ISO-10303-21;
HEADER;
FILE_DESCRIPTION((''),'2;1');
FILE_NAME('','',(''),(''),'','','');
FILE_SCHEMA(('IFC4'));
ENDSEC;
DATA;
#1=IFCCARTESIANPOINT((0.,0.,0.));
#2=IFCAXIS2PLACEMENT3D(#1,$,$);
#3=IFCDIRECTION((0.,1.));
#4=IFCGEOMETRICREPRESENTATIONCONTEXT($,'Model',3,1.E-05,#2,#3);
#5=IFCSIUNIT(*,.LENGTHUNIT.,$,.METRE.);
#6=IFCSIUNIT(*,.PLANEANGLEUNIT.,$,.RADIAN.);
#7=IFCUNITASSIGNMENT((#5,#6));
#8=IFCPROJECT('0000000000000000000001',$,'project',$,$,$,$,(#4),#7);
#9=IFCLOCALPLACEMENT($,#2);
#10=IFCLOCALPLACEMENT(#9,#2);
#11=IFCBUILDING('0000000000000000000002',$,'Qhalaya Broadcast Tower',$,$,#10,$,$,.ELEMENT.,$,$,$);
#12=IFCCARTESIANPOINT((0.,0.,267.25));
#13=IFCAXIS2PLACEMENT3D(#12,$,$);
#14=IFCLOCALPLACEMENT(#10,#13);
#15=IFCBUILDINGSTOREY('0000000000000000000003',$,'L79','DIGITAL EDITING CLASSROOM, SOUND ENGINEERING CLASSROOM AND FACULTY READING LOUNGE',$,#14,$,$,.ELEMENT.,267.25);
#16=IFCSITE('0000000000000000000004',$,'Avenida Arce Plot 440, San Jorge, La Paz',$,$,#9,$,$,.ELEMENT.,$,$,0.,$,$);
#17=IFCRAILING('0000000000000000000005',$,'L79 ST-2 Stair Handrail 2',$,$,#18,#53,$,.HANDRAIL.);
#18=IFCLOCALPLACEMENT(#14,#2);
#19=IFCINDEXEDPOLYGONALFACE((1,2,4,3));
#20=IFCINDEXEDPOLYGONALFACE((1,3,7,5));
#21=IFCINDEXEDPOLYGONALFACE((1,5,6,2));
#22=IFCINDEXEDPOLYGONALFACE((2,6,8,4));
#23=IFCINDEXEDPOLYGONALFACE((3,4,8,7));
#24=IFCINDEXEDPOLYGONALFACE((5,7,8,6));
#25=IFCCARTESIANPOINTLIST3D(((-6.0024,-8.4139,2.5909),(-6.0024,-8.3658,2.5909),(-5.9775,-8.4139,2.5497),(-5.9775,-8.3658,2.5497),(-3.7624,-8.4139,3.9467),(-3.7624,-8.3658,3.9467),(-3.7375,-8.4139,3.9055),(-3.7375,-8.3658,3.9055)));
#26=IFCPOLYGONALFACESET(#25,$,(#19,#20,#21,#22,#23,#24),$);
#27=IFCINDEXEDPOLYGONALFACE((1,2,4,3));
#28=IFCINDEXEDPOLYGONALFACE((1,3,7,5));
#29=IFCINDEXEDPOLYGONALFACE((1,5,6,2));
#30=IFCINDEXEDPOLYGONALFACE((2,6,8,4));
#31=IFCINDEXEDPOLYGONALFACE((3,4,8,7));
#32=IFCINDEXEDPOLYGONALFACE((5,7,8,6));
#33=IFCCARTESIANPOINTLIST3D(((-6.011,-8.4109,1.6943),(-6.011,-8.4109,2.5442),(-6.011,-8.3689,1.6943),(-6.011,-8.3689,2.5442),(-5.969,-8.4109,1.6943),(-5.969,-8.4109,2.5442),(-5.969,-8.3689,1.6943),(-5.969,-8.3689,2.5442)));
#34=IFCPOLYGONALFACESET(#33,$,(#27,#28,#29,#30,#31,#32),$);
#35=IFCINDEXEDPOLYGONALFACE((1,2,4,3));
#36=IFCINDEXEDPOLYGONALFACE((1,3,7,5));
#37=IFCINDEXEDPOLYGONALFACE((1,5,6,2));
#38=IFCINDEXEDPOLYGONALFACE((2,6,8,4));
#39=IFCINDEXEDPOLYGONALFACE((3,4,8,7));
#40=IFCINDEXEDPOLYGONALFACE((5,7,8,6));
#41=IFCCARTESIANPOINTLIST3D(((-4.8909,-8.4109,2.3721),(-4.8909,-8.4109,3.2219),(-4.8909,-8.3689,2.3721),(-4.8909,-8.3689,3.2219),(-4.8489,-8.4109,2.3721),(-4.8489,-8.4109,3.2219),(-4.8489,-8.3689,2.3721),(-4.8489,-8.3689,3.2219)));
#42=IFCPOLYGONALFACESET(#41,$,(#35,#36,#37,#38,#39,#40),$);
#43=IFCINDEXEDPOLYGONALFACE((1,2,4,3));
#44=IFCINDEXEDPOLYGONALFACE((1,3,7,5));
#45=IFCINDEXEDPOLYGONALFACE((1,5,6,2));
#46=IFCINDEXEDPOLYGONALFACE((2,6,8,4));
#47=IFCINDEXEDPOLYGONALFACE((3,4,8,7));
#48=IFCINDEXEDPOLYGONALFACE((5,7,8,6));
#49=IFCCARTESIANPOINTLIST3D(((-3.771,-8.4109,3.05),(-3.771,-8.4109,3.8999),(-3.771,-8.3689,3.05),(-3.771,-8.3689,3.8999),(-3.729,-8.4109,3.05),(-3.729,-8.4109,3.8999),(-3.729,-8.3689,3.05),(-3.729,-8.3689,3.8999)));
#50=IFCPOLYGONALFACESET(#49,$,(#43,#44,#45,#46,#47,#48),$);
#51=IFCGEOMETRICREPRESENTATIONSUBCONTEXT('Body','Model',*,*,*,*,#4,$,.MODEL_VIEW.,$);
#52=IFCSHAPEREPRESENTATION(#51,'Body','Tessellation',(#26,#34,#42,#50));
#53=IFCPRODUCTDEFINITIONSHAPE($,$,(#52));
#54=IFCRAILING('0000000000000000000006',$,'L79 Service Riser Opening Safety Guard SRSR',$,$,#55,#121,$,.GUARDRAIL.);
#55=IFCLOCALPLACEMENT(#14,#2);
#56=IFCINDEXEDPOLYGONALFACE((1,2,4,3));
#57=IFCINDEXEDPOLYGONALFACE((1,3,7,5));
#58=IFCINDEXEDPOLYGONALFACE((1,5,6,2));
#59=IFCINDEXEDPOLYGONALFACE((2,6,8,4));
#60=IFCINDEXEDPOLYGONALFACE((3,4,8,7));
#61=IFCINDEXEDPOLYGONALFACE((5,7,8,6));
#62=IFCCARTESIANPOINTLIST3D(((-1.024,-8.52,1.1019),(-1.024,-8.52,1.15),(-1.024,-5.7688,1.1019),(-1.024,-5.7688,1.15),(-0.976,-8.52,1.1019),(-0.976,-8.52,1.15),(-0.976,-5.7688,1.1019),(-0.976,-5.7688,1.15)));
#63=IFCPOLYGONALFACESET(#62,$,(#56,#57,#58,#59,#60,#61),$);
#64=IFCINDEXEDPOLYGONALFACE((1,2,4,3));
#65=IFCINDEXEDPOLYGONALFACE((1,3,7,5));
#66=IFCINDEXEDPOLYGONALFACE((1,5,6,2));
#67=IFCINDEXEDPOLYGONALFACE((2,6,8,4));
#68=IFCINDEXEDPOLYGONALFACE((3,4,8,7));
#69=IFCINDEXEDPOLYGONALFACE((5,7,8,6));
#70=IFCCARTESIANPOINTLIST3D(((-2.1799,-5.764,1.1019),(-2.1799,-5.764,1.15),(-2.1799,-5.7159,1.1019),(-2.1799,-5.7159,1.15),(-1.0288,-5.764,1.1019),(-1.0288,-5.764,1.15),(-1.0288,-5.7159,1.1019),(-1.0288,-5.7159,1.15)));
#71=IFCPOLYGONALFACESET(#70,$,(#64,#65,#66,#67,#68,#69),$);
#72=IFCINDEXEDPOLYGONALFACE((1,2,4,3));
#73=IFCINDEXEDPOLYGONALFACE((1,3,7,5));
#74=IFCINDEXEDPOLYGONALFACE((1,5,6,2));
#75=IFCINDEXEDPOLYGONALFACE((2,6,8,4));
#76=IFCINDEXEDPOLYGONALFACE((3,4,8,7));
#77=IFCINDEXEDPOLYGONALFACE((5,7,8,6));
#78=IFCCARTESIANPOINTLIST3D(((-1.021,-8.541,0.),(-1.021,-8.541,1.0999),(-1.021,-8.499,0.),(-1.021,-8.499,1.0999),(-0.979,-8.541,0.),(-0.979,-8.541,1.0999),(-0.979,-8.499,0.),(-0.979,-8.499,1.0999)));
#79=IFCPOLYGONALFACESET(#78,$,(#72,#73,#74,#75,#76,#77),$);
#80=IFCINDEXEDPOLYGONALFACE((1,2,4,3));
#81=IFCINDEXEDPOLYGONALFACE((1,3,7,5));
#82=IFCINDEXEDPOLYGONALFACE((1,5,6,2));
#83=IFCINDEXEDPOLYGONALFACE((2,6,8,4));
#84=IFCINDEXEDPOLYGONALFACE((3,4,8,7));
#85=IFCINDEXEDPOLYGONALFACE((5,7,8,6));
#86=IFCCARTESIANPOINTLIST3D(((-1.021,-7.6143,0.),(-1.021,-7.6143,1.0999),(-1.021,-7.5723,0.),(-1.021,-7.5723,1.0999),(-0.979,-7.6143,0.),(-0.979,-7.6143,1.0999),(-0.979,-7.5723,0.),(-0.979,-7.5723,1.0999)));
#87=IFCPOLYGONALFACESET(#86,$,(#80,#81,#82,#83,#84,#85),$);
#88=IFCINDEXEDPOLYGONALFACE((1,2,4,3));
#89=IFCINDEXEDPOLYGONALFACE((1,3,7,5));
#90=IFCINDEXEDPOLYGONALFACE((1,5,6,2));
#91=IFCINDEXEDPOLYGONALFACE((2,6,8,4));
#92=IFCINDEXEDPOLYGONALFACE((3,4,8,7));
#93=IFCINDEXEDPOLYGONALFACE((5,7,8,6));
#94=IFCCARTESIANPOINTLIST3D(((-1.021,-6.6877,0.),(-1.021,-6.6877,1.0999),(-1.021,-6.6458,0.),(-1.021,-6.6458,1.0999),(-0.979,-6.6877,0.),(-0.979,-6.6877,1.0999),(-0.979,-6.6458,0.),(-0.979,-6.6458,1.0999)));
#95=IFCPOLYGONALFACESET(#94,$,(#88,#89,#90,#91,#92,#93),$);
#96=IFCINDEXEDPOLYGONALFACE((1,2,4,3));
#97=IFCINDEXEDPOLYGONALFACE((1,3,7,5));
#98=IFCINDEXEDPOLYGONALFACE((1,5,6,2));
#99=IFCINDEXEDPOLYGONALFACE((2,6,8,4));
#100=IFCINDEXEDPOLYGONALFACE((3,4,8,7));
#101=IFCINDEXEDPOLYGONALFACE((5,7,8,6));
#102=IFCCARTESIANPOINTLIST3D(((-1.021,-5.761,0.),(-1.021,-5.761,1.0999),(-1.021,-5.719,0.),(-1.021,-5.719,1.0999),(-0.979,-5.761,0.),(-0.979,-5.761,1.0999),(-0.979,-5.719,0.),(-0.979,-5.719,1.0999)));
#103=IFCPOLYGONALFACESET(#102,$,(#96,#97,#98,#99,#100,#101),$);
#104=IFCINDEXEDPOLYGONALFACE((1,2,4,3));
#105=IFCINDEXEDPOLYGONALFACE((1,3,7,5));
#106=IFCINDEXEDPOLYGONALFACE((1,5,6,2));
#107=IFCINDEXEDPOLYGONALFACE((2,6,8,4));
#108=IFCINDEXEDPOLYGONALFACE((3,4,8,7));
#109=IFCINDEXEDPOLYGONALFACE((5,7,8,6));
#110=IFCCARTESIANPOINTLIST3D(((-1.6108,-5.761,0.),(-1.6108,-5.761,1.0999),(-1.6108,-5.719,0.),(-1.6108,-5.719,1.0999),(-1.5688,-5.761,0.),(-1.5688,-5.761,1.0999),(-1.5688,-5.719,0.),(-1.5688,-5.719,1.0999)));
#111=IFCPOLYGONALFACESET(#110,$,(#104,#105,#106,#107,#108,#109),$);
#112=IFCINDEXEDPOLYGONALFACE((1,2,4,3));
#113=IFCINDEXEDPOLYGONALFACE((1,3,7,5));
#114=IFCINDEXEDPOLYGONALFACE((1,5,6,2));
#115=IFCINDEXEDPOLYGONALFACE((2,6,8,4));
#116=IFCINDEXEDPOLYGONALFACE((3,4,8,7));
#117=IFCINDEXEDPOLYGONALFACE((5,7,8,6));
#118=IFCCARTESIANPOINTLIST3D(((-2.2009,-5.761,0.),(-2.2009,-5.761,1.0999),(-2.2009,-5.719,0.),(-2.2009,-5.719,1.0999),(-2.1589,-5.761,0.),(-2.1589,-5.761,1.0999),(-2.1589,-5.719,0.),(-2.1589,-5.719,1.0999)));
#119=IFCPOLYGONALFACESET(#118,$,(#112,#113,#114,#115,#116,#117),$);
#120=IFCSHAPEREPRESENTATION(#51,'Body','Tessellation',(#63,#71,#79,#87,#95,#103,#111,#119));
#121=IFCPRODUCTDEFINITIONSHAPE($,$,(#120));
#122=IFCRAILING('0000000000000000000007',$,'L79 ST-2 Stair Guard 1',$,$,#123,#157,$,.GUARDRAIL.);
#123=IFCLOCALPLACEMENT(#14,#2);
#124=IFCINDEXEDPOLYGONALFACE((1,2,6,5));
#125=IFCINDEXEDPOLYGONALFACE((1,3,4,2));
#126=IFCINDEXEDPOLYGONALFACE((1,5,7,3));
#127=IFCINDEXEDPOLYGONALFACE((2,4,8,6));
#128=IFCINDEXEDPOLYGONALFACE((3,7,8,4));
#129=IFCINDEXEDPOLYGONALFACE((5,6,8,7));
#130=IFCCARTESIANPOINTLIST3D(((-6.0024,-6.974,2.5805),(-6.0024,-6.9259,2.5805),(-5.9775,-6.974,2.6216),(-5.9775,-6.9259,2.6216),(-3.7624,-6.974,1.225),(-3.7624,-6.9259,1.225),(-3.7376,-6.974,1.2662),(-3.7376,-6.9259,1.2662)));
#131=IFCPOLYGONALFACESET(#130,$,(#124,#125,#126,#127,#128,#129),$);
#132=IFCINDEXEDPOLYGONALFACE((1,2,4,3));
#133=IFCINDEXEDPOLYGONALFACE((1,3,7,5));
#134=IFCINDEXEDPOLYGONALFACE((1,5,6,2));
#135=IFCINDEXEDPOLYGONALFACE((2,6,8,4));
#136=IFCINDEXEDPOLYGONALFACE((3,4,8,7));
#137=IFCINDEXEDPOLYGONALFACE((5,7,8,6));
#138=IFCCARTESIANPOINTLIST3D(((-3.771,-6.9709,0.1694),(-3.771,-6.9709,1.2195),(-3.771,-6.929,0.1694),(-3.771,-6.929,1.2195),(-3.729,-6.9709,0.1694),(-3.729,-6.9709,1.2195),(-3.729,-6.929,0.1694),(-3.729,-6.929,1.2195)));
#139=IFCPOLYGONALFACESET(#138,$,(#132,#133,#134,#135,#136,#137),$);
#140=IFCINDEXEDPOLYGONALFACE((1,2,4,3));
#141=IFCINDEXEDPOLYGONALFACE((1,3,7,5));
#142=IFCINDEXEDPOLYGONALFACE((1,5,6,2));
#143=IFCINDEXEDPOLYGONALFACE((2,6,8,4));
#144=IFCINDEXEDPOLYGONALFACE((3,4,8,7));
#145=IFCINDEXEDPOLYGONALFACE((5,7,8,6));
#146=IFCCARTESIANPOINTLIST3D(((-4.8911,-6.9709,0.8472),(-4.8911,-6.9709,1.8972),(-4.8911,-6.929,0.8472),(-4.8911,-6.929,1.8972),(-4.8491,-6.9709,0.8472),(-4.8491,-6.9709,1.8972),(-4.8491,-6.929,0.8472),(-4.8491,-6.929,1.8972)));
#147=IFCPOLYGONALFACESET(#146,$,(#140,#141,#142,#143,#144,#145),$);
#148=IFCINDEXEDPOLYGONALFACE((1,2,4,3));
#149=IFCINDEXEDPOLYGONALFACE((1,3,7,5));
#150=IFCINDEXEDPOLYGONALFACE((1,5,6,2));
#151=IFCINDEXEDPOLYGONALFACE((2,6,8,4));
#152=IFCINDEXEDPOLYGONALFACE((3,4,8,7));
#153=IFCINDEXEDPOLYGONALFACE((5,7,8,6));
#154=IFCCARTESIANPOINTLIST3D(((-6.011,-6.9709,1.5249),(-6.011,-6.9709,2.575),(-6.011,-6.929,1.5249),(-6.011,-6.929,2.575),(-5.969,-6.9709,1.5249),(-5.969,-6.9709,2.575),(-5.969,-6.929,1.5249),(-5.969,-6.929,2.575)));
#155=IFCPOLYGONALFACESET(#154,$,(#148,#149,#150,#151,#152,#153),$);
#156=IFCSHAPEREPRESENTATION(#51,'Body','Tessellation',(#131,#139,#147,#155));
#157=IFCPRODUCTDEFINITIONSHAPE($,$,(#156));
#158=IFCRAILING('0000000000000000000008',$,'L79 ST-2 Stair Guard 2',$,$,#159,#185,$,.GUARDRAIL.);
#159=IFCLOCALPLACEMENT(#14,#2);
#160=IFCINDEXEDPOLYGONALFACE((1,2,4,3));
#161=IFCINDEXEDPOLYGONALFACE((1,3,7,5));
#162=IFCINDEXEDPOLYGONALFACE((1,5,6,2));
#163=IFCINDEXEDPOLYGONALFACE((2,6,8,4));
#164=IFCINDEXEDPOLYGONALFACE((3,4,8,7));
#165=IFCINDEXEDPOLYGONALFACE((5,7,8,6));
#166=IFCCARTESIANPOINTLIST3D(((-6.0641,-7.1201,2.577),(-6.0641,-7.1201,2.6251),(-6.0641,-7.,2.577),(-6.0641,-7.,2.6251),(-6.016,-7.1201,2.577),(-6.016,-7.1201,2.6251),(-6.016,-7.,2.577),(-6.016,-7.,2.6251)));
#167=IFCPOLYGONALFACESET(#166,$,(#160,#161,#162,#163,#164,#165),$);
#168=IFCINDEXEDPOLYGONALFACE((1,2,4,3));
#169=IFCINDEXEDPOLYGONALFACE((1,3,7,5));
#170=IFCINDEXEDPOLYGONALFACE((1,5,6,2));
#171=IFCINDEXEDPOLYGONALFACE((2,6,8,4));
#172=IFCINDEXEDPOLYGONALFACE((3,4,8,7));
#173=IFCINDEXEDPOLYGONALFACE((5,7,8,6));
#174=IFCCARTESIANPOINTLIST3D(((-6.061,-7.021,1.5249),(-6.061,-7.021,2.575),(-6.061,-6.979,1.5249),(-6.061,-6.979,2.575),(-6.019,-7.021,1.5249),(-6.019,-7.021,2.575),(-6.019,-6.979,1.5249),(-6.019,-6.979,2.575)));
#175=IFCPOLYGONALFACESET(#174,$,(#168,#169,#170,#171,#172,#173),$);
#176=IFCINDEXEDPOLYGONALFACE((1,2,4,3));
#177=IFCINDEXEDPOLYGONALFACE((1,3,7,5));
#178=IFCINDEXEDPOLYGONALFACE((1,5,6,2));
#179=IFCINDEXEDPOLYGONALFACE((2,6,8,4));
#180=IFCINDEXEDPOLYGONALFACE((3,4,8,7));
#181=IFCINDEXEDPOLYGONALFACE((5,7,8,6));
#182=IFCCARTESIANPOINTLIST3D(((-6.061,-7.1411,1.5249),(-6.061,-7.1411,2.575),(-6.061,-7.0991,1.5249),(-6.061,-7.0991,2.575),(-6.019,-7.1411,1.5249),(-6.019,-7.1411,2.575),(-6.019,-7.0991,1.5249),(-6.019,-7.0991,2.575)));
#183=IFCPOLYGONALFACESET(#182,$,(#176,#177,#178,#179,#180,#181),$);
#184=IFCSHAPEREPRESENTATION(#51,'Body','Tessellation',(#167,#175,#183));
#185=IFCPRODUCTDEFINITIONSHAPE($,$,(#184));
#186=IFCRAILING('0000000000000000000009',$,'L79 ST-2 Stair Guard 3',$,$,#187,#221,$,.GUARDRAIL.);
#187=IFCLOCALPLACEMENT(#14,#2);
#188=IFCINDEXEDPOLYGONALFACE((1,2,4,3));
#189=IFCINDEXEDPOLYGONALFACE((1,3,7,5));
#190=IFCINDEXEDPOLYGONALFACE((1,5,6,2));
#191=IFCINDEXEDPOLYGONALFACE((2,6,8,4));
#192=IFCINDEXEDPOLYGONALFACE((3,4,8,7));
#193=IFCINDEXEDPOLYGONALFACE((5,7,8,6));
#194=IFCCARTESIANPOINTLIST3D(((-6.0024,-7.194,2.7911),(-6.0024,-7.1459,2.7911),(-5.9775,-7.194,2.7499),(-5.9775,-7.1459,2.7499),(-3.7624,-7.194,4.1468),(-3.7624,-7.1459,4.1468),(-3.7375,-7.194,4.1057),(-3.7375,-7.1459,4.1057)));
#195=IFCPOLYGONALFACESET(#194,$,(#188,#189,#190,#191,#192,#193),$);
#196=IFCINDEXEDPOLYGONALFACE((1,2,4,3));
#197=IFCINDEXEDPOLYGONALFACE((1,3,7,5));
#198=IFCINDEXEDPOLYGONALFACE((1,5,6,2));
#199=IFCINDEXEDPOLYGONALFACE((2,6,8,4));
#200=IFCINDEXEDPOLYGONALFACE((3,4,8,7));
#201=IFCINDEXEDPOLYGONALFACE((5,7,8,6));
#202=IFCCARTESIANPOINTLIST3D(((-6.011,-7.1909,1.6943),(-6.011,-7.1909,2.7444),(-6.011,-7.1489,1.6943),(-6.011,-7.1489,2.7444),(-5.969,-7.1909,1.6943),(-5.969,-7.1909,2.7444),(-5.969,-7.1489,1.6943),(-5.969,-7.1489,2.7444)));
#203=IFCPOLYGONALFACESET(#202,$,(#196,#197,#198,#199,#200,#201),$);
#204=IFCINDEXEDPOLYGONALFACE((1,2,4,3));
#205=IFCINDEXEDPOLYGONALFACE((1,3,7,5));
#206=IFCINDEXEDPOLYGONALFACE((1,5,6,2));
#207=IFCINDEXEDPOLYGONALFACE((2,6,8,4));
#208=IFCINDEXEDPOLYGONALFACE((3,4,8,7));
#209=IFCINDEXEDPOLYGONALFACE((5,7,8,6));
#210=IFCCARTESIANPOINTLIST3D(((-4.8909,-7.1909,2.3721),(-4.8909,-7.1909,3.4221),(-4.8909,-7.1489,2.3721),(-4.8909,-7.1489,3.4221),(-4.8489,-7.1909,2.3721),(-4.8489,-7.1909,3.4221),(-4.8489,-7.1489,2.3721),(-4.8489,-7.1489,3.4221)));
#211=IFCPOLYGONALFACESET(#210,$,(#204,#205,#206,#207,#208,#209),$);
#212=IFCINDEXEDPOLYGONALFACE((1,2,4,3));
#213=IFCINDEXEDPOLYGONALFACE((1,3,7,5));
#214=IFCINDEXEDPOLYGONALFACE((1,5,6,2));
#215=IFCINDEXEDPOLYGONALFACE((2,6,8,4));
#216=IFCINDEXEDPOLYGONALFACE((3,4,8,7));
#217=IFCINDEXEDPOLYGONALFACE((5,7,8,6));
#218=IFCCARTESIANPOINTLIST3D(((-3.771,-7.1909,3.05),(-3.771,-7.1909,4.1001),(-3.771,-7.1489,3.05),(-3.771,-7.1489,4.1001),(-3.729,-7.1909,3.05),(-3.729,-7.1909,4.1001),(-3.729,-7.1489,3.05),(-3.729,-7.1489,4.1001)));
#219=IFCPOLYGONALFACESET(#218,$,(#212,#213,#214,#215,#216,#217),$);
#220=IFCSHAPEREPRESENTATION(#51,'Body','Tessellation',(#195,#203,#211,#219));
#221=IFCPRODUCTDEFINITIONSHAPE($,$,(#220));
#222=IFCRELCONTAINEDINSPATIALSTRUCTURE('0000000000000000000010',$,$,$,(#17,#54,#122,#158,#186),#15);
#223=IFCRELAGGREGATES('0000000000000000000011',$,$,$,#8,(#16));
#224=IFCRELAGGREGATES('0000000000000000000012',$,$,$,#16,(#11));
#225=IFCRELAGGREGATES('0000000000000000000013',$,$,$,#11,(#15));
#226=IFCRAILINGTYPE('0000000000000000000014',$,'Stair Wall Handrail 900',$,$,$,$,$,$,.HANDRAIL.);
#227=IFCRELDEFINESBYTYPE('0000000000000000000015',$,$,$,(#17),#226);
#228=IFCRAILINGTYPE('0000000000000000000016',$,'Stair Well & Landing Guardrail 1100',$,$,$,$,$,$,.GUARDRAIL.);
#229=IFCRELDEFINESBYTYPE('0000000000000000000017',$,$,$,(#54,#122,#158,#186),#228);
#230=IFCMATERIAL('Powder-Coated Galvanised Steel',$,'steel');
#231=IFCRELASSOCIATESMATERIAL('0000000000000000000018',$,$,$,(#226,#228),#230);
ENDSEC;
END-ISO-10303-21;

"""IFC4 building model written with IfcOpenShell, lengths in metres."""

from ifc_helpers import new_model, si_unit, direction, frame, origin, origin_2d, place, context, subcontext, project, spatial, rectangle, extrude, material, type_object, element, save


model = new_model("IFC4")

# Units and contexts
model_context = context("Model", 3, precision=1e-05, world=origin(), true_north=direction((0.0, 1.0)))
body_context = subcontext(model_context, "Body", "Model", "MODEL_VIEW")
ifc_project = project(units=[si_unit("LENGTHUNIT", "METRE"), si_unit("PLANEANGLEUNIT", "RADIAN")], contexts=[model_context])

# Site, building, storey
site_placement = place(None, origin())
site = spatial("IfcSite", under=ifc_project, at=site_placement, Name="Avenida Arce Plot 440, San Jorge, La Paz", CompositionType="ELEMENT", RefElevation=0.0)
building_placement = place(site_placement, origin())
building = spatial("IfcBuilding", under=site, at=building_placement, Name="Qhalaya Broadcast Tower", CompositionType="ELEMENT")
storey_placement = place(building_placement, frame((0.0, 0.0, 267.25)))
storey = spatial("IfcBuildingStorey", under=building, at=storey_placement, Name="L79", Description="DIGITAL EDITING CLASSROOM, SOUND ENGINEERING CLASSROOM AND FACULTY READING LOUNGE", CompositionType="ELEMENT", Elevation=267.25)

# Railings
ifc_material_1 = material(Name="Powder-Coated Galvanised Steel", Category="steel")
railing_type_1 = type_object("IfcRailingType", Name="Stair Wall Handrail 900", PredefinedType="HANDRAIL", material=ifc_material_1)
railing_1_placement = place(storey_placement, frame((-5.99, -8.3899, 1.6943)))
element("IfcRailing", 1, at=railing_1_placement, inside=storey, type_object=railing_type_1, Name="L79 ST-2 Stair Handrail 2", PredefinedType="HANDRAIL", context=body_context, shape_type="SweptSolid", body=[
    extrude(rectangle(XDim=0.0481, YDim=0.0481, at=origin_2d()), frame((0.0, 0.0, 0.876), z_axis=(0.855512, 0.0, 0.517783), x_axis=(0.0, 1.0, 0.0)), (0.0, 0.0, 1.0), 2.6184),
    extrude(rectangle(XDim=0.042, YDim=0.042, at=origin_2d()), origin(), (0.0, 0.0, 1.0), 0.8499),
    extrude(rectangle(XDim=0.042, YDim=0.042, at=origin_2d()), frame((1.1201, 0.0, 0.6777)), (0.0, 0.0, 1.0), 0.8499),
    extrude(rectangle(XDim=0.042, YDim=0.042, at=origin_2d()), frame((2.24, 0.0, 1.3557)), (0.0, 0.0, 1.0), 0.8499),
])
railing_type_2 = type_object("IfcRailingType", Name="Stair Well & Landing Guardrail 1100", PredefinedType="GUARDRAIL", material=ifc_material_1)
railing_2_placement = place(storey_placement, frame((-1.0, -8.52, 0.0)))
element("IfcRailing", 2, at=railing_2_placement, inside=storey, type_object=railing_type_2, Name="L79 Service Riser Opening Safety Guard SRSR", PredefinedType="GUARDRAIL", context=body_context, shape_type="SweptSolid", body=[
    extrude(rectangle(XDim=0.0481, YDim=0.0481, at=origin_2d()), frame((0.0, 0.0, 1.126), z_axis=(0.0, 1.0, 0.0), x_axis=(-1.0, 0.0, 0.0)), (0.0, 0.0, 1.0), 2.7512),
    extrude(rectangle(XDim=0.0481, YDim=0.0481, at=origin_2d()), frame((-0.0288, 2.78, 1.126), z_axis=(-1.0, 0.0, 0.0), x_axis=(0.0, -1.0, 0.0)), (0.0, 0.0, 1.0), 1.1511),
    extrude(rectangle(XDim=0.042, YDim=0.042, at=origin_2d()), origin(), (0.0, 0.0, 1.0), 1.0999),
    extrude(rectangle(XDim=0.042, YDim=0.042, at=origin_2d()), frame((0.0, 0.9268, 0.0)), (0.0, 0.0, 1.0), 1.0999),
    extrude(rectangle(XDim=0.042, YDim=0.042, at=origin_2d()), frame((0.0, 1.8533, 0.0)), (0.0, 0.0, 1.0), 1.0999),
    extrude(rectangle(XDim=0.042, YDim=0.042, at=origin_2d()), frame((0.0, 2.78, 0.0)), (0.0, 0.0, 1.0), 1.0999),
    extrude(rectangle(XDim=0.042, YDim=0.042, at=origin_2d()), frame((-0.5898, 2.78, 0.0)), (0.0, 0.0, 1.0), 1.0999),
    extrude(rectangle(XDim=0.042, YDim=0.042, at=origin_2d()), frame((-1.1799, 2.78, 0.0)), (0.0, 0.0, 1.0), 1.0999),
])
railing_3_placement = place(storey_placement, frame((-3.75, -6.95, 0.1694)))
element("IfcRailing", 3, at=railing_3_placement, inside=storey, type_object=railing_type_2, Name="L79 ST-2 Stair Guard 1", PredefinedType="GUARDRAIL", context=body_context, shape_type="SweptSolid", body=[
    extrude(rectangle(XDim=0.0481, YDim=0.0481, at=origin_2d()), frame((0.0, 0.0, 1.0762), z_axis=(-0.855553, 0.0, 0.517715), x_axis=(0.0, -1.0, 0.0)), (0.0, 0.0, 1.0), 2.6182),
    extrude(rectangle(XDim=0.042, YDim=0.042, at=origin_2d()), origin(), (0.0, 0.0, 1.0), 1.05),
    extrude(rectangle(XDim=0.042, YDim=0.042, at=origin_2d()), frame((-1.1201, 0.0, 0.6777)), (0.0, 0.0, 1.0), 1.05),
    extrude(rectangle(XDim=0.042, YDim=0.042, at=origin_2d()), frame((-2.24, 0.0, 1.3555)), (0.0, 0.0, 1.0), 1.05),
])
railing_4_placement = place(storey_placement, frame((-6.04, -7.0, 1.5249)))
element("IfcRailing", 4, at=railing_4_placement, inside=storey, type_object=railing_type_2, Name="L79 ST-2 Stair Guard 2", PredefinedType="GUARDRAIL", context=body_context, shape_type="SweptSolid", body=[
    extrude(rectangle(XDim=0.0481, YDim=0.0481, at=origin_2d()), frame((0.0, 0.0, 1.0762), z_axis=(0.0, -1.0, 0.0), x_axis=(1.0, 0.0, 0.0)), (0.0, 0.0, 1.0), 0.1201),
    extrude(rectangle(XDim=0.042, YDim=0.042, at=origin_2d()), origin(), (0.0, 0.0, 1.0), 1.05),
    extrude(rectangle(XDim=0.042, YDim=0.042, at=origin_2d()), frame((0.0, -0.1201, 0.0)), (0.0, 0.0, 1.0), 1.05),
])
railing_5_placement = place(storey_placement, frame((-5.99, -7.1699, 1.6943)))
element("IfcRailing", 5, at=railing_5_placement, inside=storey, type_object=railing_type_2, Name="L79 ST-2 Stair Guard 3", PredefinedType="GUARDRAIL", context=body_context, shape_type="SweptSolid", body=[
    extrude(rectangle(XDim=0.0481, YDim=0.0481, at=origin_2d()), frame((0.0, 0.0, 1.0762), z_axis=(0.855512, 0.0, 0.517783), x_axis=(0.0, 1.0, 0.0)), (0.0, 0.0, 1.0), 2.6184),
    extrude(rectangle(XDim=0.042, YDim=0.042, at=origin_2d()), origin(), (0.0, 0.0, 1.0), 1.05),
    extrude(rectangle(XDim=0.042, YDim=0.042, at=origin_2d()), frame((1.1201, 0.0, 0.6777)), (0.0, 0.0, 1.0), 1.05),
    extrude(rectangle(XDim=0.042, YDim=0.042, at=origin_2d()), frame((2.24, 0.0, 1.3557)), (0.0, 0.0, 1.0), 1.05),
])

save(model, "model.ifc")
